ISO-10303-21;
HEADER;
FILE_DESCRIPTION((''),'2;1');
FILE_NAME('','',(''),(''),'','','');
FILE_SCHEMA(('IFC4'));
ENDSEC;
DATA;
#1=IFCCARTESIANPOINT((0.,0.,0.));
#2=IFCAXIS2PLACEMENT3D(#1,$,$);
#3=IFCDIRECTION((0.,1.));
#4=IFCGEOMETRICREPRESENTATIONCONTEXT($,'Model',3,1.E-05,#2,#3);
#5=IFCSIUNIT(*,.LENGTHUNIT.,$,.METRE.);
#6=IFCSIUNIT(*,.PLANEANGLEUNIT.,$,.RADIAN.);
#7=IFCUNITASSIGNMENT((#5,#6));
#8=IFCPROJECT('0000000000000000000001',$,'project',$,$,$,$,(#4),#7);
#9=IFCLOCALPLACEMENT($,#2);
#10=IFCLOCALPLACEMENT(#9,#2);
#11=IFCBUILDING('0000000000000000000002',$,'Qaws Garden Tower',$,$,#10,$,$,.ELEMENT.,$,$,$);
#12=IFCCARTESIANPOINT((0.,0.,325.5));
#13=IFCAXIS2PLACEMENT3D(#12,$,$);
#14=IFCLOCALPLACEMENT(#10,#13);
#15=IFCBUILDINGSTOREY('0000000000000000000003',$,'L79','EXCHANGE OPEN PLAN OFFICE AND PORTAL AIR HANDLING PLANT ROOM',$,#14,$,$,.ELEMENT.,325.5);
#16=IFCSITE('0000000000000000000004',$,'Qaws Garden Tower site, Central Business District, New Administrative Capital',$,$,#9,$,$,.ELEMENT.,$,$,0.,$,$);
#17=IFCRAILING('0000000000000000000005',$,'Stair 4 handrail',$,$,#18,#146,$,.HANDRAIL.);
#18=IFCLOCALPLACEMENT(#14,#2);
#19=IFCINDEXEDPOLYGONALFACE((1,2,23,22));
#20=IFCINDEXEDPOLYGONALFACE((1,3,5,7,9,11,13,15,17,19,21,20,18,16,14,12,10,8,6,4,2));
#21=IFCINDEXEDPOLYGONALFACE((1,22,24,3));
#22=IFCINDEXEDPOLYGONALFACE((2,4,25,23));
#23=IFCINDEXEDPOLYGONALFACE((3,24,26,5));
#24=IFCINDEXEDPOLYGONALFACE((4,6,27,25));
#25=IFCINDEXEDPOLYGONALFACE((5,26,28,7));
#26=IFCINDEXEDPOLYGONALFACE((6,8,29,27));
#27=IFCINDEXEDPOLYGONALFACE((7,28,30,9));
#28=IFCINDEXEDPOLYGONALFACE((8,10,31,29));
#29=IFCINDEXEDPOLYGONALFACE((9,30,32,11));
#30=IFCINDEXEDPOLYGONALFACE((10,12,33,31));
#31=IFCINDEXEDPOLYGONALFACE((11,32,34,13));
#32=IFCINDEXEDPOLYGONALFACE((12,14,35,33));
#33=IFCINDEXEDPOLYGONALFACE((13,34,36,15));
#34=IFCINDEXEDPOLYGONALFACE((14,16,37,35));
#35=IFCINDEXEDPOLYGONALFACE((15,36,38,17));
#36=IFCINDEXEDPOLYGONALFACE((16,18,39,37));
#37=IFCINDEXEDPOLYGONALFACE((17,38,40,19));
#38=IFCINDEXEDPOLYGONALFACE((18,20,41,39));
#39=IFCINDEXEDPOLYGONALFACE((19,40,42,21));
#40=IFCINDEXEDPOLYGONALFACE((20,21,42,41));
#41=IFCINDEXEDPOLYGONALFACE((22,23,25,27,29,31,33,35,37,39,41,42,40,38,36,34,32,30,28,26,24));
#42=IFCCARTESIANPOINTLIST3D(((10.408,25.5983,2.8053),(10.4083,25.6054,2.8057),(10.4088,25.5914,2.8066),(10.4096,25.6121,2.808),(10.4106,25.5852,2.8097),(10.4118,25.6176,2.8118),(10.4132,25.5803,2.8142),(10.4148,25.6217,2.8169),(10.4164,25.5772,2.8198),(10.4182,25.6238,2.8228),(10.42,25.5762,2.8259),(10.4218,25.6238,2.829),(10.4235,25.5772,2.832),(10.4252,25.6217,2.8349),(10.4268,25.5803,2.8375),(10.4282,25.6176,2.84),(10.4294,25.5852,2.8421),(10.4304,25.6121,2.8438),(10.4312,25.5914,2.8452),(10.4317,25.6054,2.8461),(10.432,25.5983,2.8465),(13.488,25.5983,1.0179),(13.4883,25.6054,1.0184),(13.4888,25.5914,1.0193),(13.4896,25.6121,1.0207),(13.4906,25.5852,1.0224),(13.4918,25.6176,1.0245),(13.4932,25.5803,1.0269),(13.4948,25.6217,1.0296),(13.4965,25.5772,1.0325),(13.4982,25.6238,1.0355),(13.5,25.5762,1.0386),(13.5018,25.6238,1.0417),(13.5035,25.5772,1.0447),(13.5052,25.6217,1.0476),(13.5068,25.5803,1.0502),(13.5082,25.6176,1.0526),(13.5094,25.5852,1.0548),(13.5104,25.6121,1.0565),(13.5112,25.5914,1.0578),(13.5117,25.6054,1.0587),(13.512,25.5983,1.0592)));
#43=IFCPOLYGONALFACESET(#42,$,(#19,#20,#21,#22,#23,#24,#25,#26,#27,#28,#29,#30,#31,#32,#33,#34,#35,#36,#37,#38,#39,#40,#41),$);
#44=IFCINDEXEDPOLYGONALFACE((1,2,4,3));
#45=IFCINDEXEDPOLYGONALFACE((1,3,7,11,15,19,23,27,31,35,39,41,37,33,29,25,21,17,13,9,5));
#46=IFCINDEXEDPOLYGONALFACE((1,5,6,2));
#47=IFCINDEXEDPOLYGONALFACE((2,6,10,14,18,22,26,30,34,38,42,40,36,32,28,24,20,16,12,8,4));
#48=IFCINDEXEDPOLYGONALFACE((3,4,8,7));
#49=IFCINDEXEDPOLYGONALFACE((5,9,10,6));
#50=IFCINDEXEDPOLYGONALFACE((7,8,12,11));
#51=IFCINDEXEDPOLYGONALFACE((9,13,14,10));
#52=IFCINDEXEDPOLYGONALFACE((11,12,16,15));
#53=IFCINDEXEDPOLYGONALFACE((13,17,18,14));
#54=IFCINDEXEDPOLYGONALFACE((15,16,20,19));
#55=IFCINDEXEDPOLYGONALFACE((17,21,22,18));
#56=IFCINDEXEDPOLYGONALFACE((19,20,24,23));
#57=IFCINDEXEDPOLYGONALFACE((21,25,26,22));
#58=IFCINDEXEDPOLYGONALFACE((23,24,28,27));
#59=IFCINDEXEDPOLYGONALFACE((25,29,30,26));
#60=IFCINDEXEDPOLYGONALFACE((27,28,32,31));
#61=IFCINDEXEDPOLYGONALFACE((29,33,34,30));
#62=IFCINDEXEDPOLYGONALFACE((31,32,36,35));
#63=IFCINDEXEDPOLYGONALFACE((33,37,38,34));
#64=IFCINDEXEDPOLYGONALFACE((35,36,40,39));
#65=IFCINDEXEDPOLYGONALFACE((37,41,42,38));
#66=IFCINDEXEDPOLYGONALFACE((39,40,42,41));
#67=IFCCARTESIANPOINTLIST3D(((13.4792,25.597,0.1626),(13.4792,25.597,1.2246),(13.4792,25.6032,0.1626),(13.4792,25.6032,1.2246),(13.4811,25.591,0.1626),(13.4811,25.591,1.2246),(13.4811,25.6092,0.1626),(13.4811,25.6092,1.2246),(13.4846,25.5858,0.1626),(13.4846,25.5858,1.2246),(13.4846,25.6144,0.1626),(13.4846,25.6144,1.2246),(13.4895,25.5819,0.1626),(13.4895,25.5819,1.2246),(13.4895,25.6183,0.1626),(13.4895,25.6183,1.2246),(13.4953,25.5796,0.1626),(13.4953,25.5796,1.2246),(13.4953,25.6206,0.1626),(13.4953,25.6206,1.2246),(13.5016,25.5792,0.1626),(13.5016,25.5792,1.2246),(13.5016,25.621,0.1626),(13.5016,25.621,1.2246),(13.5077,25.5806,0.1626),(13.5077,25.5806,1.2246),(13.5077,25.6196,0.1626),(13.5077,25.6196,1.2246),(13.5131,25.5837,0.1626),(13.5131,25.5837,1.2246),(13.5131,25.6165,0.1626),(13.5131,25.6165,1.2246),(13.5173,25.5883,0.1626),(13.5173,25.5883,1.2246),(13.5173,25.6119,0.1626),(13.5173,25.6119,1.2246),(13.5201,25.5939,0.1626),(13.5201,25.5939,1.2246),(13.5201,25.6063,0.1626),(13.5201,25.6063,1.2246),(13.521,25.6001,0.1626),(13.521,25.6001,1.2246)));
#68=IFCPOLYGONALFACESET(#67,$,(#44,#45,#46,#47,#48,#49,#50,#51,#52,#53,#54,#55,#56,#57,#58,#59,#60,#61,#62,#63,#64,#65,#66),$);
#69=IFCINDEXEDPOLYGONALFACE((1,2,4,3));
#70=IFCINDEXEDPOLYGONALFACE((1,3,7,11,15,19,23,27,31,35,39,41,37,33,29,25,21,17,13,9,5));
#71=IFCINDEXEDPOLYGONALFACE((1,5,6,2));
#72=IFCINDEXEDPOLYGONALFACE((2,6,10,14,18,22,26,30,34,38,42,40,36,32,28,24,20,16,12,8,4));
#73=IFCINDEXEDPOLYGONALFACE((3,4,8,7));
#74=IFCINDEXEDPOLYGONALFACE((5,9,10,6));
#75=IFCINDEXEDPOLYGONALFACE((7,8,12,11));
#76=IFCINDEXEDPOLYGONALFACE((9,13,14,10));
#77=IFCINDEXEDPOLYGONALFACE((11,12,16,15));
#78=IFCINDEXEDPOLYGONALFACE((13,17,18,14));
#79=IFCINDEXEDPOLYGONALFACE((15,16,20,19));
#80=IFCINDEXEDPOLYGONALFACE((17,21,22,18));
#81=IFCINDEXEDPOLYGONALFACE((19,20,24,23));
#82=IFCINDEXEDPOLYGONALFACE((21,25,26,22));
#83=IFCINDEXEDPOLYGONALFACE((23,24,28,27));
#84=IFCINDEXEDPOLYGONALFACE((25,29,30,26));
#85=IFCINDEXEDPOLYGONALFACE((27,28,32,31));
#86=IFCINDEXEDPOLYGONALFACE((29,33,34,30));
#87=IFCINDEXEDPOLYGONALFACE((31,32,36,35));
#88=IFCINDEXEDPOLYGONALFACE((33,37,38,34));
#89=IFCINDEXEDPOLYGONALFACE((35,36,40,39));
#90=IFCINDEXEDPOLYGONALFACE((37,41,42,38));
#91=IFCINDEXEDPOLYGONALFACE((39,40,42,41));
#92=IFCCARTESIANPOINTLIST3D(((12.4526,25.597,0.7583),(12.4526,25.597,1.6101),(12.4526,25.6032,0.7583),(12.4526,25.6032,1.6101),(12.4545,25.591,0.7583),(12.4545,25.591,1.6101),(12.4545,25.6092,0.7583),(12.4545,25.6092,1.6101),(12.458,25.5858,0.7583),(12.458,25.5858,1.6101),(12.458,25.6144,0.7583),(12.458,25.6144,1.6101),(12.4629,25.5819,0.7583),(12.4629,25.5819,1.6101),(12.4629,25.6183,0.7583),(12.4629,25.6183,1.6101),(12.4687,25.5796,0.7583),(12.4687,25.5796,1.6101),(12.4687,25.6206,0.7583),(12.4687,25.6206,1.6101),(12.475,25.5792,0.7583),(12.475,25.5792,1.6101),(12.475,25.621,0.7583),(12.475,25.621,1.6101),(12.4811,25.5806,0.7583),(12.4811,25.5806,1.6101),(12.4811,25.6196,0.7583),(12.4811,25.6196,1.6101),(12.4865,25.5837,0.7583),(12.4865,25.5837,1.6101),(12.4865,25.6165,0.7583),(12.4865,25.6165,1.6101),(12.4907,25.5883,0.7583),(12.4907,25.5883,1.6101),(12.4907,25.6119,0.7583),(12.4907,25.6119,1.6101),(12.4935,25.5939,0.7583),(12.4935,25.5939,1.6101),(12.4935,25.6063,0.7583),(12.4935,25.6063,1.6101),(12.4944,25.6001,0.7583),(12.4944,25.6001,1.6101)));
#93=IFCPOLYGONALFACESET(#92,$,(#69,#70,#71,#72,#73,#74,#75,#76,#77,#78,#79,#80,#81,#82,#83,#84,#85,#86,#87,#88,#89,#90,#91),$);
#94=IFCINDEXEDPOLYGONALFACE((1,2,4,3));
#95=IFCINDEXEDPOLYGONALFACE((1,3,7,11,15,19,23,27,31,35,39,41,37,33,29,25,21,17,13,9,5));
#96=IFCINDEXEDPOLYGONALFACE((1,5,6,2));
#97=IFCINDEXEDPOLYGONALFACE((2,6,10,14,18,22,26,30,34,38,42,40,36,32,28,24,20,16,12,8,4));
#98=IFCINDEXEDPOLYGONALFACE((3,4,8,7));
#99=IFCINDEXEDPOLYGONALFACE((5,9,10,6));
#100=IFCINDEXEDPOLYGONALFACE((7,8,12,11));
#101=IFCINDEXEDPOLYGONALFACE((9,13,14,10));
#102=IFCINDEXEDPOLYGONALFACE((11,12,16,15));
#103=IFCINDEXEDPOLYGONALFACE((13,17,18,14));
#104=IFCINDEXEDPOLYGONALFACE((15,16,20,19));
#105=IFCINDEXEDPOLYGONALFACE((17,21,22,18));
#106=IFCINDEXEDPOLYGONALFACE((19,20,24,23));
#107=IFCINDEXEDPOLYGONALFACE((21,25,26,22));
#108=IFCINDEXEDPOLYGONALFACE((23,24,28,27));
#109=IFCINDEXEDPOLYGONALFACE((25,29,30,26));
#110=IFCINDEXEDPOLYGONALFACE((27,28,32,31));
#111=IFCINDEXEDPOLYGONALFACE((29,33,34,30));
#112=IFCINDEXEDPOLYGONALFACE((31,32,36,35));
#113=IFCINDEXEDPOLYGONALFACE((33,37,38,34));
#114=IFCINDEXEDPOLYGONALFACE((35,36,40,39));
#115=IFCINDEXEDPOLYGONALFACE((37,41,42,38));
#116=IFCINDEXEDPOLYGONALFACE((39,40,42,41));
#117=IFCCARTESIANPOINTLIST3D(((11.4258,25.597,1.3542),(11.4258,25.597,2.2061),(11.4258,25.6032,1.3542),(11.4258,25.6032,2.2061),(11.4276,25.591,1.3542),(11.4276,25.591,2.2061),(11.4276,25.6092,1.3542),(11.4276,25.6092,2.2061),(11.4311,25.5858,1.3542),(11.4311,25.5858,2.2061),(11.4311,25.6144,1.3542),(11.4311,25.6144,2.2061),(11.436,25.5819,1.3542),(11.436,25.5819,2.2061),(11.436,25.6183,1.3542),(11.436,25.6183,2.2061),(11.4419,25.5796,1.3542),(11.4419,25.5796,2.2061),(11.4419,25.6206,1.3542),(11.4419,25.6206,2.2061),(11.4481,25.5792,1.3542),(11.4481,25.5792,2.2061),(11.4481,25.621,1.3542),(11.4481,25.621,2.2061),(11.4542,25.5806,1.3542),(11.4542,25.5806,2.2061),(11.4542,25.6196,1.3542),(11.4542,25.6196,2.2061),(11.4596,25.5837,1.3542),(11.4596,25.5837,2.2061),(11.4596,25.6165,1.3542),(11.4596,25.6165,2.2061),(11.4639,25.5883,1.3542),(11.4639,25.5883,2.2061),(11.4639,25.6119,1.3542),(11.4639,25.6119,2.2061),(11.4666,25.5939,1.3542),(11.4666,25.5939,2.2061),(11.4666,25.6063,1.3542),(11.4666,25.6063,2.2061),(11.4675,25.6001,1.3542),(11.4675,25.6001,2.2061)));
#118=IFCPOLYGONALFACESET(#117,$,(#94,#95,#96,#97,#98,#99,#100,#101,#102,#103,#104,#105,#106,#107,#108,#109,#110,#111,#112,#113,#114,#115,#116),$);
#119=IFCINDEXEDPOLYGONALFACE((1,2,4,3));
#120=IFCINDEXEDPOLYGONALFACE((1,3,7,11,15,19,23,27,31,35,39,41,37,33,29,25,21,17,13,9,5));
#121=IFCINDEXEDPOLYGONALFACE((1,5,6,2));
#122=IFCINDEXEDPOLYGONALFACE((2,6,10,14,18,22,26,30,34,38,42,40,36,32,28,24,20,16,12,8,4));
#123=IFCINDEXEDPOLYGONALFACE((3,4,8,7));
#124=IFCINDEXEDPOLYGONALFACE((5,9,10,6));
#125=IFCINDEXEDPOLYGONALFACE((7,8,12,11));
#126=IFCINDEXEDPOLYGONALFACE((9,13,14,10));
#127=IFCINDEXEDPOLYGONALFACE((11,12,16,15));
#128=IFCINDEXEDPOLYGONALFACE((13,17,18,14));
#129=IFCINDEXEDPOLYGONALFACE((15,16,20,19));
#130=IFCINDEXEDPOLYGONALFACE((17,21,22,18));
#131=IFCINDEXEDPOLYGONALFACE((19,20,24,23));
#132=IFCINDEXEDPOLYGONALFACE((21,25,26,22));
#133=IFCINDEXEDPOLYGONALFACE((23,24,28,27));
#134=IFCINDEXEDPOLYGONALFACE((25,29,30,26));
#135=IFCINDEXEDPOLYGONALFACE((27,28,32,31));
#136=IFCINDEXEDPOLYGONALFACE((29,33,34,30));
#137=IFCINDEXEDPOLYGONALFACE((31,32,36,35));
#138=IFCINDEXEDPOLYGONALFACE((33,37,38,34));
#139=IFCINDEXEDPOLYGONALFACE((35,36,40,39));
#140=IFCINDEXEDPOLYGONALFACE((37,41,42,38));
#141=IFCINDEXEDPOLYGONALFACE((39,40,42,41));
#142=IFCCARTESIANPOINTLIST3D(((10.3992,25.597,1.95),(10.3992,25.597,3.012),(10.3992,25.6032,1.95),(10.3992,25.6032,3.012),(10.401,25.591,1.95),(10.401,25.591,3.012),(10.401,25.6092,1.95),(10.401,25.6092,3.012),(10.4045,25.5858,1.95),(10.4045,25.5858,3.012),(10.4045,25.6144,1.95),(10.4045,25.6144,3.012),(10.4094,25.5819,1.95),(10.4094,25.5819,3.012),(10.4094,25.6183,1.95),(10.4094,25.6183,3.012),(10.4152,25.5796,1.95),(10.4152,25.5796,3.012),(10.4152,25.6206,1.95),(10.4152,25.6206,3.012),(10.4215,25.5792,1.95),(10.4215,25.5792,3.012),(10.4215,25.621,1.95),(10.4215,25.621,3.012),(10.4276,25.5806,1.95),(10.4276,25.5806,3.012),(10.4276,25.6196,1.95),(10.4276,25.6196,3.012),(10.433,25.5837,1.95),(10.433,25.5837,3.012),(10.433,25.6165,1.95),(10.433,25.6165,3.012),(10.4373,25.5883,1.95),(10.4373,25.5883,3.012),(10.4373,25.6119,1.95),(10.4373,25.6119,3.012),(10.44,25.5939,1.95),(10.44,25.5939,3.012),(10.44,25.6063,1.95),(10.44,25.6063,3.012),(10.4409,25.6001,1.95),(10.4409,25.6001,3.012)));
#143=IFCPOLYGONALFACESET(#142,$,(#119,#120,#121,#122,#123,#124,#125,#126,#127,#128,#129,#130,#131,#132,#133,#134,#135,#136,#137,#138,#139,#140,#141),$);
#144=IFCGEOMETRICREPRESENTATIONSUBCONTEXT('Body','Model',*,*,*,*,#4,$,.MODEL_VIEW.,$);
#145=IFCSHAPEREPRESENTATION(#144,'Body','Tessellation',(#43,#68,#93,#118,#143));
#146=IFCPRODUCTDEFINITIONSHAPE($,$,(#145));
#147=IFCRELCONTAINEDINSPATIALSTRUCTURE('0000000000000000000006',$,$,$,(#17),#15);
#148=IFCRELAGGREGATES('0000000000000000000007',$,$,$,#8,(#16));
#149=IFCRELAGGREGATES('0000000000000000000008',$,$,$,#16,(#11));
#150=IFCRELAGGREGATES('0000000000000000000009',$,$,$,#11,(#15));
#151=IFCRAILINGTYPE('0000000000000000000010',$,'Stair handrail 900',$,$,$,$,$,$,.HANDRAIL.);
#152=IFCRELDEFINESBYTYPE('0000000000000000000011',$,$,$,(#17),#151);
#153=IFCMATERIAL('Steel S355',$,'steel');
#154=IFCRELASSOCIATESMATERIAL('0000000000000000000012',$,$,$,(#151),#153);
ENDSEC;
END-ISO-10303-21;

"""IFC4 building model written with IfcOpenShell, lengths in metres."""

from ifc_helpers import new_model, si_unit, direction, frame, origin, origin_2d, place, context, subcontext, project, spatial, circle, extrude, material, type_object, element, save


model = new_model("IFC4")

# Units and contexts
model_context = context("Model", 3, precision=1e-05, world=origin(), true_north=direction((0.0, 1.0)))
body_context = subcontext(model_context, "Body", "Model", "MODEL_VIEW")
ifc_project = project(units=[si_unit("LENGTHUNIT", "METRE"), si_unit("PLANEANGLEUNIT", "RADIAN")], contexts=[model_context])

# Site, building, storey
site_placement = place(None, origin())
site = spatial("IfcSite", under=ifc_project, at=site_placement, Name="Qaws Garden Tower site, Central Business District, New Administrative Capital", CompositionType="ELEMENT", RefElevation=0.0)
building_placement = place(site_placement, origin())
building = spatial("IfcBuilding", under=site, at=building_placement, Name="Qaws Garden Tower", CompositionType="ELEMENT")
storey_placement = place(building_placement, frame((0.0, 0.0, 325.5)))
storey = spatial("IfcBuildingStorey", under=building, at=storey_placement, Name="L79", Description="EXCHANGE OPEN PLAN OFFICE AND PORTAL AIR HANDLING PLANT ROOM", CompositionType="ELEMENT", Elevation=325.5)

# Railing
ifc_material_1 = material(Name="Steel S355", Category="steel")
railing_type = type_object("IfcRailingType", Name="Stair handrail 900", PredefinedType="HANDRAIL", material=ifc_material_1)
railing_placement = place(storey_placement, frame((13.5, 25.6001, 0.1626)))
element("IfcRailing", 1, at=railing_placement, inside=storey, type_object=railing_type, Name="Stair 4 handrail", PredefinedType="HANDRAIL", context=body_context, shape_type="SweptSolid", body=[
    extrude(circle(Radius=0.0239, at=origin_2d()), frame((0.0, 0.0, 0.876), z_axis=(-0.86492, 0.0, 0.501909), x_axis=(0.0, -1.0, 0.0)), (0.0, 0.0, 1.0), 3.561),
    extrude(circle(Radius=0.021, at=origin_2d()), origin(), (0.0, 0.0, 1.0), 1.062),
    extrude(circle(Radius=0.021, at=origin_2d()), frame((-1.0266, 0.0, 0.5957)), (0.0, 0.0, 1.0), 0.8518),
    extrude(circle(Radius=0.021, at=origin_2d()), frame((-2.0535, 0.0, 1.1917)), (0.0, 0.0, 1.0), 0.8518),
    extrude(circle(Radius=0.021, at=origin_2d()), frame((-3.0801, 0.0, 1.7874)), (0.0, 0.0, 1.0), 1.062),
])

save(model, "model.ifc")
